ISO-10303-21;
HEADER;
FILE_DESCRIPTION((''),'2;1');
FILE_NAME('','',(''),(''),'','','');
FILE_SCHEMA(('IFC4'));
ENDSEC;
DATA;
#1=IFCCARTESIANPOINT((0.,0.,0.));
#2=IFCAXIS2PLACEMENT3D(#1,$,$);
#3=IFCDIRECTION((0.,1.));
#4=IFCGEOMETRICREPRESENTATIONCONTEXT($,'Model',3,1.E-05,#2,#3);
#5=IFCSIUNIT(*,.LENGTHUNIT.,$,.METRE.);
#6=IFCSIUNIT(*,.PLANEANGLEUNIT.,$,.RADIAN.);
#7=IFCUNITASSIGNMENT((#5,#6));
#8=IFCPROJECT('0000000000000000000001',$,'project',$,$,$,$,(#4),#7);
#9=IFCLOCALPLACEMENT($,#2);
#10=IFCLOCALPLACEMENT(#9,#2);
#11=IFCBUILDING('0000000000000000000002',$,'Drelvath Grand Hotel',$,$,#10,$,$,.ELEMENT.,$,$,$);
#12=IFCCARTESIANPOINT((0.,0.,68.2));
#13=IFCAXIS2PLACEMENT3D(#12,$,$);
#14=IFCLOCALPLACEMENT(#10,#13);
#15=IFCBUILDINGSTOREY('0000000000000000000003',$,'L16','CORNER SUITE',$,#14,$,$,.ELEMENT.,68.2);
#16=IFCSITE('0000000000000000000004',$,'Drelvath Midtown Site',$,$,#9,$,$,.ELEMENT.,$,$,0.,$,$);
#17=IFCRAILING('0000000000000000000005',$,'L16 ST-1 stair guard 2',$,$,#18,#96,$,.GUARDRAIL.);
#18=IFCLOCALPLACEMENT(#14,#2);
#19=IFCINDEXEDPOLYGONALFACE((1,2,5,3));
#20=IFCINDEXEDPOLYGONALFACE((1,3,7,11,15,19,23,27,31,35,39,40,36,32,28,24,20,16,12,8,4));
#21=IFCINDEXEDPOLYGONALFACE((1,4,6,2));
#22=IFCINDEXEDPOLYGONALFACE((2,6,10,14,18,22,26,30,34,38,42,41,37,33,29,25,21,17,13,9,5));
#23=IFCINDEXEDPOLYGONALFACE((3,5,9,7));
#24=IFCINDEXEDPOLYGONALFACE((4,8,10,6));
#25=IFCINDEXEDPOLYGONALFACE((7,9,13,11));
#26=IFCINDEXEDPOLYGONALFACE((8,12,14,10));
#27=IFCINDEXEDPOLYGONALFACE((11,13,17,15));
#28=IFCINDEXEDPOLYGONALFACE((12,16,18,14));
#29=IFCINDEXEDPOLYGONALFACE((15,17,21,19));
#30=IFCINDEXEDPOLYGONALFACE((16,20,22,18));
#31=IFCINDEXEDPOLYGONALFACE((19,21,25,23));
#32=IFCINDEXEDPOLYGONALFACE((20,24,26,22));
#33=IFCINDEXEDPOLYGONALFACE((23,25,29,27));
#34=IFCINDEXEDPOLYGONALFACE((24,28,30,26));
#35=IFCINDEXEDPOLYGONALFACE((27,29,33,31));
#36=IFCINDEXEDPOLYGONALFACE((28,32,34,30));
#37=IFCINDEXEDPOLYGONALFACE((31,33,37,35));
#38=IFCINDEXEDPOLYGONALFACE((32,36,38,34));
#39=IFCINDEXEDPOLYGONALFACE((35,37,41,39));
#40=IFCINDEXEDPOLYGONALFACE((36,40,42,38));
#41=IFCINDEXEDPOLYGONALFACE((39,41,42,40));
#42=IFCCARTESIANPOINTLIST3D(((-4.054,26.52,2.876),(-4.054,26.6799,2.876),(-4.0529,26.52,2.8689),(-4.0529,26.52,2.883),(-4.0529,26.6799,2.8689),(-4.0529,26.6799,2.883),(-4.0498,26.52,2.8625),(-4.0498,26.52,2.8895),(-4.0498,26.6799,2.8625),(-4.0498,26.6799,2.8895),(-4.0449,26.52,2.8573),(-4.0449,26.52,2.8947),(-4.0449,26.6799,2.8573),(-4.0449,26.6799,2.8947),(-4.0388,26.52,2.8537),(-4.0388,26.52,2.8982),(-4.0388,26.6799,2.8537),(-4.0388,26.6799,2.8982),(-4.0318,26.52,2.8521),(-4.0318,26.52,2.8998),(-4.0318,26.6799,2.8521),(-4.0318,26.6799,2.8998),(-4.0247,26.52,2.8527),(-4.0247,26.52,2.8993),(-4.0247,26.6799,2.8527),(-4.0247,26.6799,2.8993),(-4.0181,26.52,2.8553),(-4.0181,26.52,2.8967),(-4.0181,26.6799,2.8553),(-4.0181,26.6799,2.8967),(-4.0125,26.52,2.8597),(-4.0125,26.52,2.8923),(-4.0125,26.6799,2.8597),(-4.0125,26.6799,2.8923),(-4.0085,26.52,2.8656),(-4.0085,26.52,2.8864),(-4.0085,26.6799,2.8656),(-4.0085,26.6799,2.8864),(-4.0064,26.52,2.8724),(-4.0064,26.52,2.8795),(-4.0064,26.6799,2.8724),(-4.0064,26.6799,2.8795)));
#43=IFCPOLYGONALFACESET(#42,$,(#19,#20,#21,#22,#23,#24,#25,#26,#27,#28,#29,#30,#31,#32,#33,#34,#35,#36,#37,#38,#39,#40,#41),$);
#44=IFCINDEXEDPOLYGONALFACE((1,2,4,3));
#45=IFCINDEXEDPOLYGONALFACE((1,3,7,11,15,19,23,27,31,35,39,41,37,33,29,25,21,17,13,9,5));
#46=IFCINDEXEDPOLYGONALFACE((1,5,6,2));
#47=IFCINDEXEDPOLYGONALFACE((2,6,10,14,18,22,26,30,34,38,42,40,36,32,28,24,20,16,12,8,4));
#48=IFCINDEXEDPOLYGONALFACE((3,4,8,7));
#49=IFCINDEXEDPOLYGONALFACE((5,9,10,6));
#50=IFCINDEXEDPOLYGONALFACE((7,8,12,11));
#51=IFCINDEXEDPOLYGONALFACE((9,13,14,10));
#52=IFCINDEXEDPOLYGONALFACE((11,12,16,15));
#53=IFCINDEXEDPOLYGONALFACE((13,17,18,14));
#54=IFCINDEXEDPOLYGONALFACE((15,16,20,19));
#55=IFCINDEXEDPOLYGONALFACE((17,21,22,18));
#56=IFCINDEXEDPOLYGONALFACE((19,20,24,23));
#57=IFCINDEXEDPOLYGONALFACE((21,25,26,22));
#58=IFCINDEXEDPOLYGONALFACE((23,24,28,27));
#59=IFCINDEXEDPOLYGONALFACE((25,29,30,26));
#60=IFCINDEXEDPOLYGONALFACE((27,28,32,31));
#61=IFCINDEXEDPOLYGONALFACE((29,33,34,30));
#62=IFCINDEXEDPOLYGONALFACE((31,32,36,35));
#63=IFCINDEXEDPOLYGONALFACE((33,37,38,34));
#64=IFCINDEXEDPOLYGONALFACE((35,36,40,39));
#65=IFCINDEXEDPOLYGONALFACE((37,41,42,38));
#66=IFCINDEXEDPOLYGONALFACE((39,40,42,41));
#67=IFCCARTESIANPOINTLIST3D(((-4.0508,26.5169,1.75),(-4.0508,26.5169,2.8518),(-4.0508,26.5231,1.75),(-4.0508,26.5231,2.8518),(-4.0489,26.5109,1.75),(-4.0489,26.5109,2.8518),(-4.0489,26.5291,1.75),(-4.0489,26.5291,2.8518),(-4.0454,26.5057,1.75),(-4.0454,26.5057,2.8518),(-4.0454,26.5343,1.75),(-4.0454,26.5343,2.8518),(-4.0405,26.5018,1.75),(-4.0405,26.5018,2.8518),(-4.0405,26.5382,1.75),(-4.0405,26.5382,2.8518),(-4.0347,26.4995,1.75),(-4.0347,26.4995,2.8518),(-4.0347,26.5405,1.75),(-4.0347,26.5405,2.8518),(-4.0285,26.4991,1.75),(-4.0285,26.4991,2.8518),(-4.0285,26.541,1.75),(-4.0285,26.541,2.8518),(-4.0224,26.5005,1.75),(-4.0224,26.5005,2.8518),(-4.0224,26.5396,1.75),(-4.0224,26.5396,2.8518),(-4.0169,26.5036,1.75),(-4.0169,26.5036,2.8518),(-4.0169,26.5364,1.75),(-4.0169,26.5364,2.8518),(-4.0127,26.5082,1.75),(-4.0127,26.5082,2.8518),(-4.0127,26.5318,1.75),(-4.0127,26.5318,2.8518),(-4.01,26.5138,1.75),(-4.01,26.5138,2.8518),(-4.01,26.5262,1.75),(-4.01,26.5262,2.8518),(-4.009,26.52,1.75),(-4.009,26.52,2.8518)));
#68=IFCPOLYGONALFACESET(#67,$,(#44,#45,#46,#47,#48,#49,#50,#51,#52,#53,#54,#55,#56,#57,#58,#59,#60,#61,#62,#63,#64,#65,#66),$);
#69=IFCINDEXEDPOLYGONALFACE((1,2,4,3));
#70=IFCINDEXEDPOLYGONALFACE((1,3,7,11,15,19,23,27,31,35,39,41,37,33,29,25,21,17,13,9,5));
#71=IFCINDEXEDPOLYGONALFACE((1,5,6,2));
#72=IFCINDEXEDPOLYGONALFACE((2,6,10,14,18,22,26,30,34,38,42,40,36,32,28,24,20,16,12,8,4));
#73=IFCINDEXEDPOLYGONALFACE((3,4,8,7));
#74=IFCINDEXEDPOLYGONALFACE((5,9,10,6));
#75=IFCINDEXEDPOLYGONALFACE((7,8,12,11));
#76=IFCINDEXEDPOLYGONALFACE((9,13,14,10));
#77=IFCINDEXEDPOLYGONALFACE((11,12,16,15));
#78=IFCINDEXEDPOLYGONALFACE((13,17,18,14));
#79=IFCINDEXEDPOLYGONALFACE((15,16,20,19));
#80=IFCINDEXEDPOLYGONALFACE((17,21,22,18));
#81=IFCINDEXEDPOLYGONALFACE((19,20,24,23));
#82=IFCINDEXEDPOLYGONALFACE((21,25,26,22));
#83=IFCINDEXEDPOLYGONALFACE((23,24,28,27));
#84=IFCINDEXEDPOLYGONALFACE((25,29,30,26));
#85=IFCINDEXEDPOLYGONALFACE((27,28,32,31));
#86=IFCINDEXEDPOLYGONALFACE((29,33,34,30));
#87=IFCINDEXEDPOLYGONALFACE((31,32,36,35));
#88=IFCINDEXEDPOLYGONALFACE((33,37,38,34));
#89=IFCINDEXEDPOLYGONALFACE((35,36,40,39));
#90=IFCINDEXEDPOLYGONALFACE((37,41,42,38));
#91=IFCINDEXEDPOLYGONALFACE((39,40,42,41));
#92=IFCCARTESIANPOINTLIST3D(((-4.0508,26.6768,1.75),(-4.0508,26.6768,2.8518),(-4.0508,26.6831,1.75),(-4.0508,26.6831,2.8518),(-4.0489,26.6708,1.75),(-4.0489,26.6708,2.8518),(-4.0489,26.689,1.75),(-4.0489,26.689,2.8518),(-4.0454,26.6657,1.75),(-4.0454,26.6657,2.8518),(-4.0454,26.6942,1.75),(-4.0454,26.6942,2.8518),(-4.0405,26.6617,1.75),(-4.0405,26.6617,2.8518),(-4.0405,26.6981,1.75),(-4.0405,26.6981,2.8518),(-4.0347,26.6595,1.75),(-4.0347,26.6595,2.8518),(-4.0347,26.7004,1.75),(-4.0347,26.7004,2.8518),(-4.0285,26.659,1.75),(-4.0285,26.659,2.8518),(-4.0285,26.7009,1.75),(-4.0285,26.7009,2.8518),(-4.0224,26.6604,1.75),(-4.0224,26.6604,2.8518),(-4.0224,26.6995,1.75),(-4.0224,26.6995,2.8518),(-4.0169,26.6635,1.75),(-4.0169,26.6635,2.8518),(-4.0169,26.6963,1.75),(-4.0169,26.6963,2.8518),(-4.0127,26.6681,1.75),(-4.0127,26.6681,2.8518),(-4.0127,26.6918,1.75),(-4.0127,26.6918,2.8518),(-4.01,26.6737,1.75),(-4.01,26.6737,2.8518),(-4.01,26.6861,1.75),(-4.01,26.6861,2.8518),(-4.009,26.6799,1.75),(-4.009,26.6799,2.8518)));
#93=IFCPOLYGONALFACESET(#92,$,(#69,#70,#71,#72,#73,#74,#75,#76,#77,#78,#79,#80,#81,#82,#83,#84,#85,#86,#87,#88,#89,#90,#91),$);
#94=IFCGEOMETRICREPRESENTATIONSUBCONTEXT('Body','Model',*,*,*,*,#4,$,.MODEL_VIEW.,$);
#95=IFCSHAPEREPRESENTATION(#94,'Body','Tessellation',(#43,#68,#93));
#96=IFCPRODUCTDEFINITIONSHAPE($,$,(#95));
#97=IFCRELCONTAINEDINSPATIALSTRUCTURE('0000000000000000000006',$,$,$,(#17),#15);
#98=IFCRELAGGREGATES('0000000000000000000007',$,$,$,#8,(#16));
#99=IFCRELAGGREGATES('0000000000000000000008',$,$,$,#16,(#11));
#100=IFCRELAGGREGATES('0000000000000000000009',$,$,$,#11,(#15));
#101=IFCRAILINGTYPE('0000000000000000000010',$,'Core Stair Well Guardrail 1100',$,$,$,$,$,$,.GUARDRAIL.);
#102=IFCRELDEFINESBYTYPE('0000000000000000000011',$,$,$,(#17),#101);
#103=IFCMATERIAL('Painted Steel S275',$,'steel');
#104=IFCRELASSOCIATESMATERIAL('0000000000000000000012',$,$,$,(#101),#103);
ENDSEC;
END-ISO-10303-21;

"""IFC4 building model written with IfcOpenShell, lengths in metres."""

from ifc_helpers import new_model, si_unit, direction, frame, origin, origin_2d, place, context, subcontext, project, spatial, circle, extrude, material, type_object, element, save


model = new_model("IFC4")

# Units and contexts
model_context = context("Model", 3, precision=1e-05, world=origin(), true_north=direction((0.0, 1.0)))
body_context = subcontext(model_context, "Body", "Model", "MODEL_VIEW")
ifc_project = project(units=[si_unit("LENGTHUNIT", "METRE"), si_unit("PLANEANGLEUNIT", "RADIAN")], contexts=[model_context])

# Site, building, storey
site_placement = place(None, origin())
site = spatial("IfcSite", under=ifc_project, at=site_placement, Name="Drelvath Midtown Site", CompositionType="ELEMENT", RefElevation=0.0)
building_placement = place(site_placement, origin())
building = spatial("IfcBuilding", under=site, at=building_placement, Name="Drelvath Grand Hotel", CompositionType="ELEMENT")
storey_placement = place(building_placement, frame((0.0, 0.0, 68.2)))
storey = spatial("IfcBuildingStorey", under=building, at=storey_placement, Name="L16", Description="CORNER SUITE", CompositionType="ELEMENT", Elevation=68.2)

# Shared definitions
ifc_material_1 = material(Name="Painted Steel S275", Category="steel")

# Railing
railing_type_1 = type_object("IfcRailingType", Name="Core Stair Well Guardrail 1100", PredefinedType="GUARDRAIL", material=ifc_material_1)
railing_1_placement = place(storey_placement, frame((-4.03, 26.52, 1.75)))
element("IfcRailing", 1, at=railing_1_placement, inside=storey, type_object=railing_type_1, Name="L16 ST-1 stair guard 2", PredefinedType="GUARDRAIL", context=body_context, shape_type="SweptSolid", body=[
    extrude(circle(Radius=0.0239, at=origin_2d()), frame((0.0, 0.0, 1.126), z_axis=(0.0, 1.0, 0.0), x_axis=(-1.0, 0.0, 0.0)), (0.0, 0.0, 1.0), 0.1599),
    extrude(circle(Radius=0.021, at=origin_2d()), origin(), (0.0, 0.0, 1.0), 1.1018),
    extrude(circle(Radius=0.021, at=origin_2d()), frame((0.0, 0.1599, 0.0)), (0.0, 0.0, 1.0), 1.1018),
])

save(model, "model.ifc")
